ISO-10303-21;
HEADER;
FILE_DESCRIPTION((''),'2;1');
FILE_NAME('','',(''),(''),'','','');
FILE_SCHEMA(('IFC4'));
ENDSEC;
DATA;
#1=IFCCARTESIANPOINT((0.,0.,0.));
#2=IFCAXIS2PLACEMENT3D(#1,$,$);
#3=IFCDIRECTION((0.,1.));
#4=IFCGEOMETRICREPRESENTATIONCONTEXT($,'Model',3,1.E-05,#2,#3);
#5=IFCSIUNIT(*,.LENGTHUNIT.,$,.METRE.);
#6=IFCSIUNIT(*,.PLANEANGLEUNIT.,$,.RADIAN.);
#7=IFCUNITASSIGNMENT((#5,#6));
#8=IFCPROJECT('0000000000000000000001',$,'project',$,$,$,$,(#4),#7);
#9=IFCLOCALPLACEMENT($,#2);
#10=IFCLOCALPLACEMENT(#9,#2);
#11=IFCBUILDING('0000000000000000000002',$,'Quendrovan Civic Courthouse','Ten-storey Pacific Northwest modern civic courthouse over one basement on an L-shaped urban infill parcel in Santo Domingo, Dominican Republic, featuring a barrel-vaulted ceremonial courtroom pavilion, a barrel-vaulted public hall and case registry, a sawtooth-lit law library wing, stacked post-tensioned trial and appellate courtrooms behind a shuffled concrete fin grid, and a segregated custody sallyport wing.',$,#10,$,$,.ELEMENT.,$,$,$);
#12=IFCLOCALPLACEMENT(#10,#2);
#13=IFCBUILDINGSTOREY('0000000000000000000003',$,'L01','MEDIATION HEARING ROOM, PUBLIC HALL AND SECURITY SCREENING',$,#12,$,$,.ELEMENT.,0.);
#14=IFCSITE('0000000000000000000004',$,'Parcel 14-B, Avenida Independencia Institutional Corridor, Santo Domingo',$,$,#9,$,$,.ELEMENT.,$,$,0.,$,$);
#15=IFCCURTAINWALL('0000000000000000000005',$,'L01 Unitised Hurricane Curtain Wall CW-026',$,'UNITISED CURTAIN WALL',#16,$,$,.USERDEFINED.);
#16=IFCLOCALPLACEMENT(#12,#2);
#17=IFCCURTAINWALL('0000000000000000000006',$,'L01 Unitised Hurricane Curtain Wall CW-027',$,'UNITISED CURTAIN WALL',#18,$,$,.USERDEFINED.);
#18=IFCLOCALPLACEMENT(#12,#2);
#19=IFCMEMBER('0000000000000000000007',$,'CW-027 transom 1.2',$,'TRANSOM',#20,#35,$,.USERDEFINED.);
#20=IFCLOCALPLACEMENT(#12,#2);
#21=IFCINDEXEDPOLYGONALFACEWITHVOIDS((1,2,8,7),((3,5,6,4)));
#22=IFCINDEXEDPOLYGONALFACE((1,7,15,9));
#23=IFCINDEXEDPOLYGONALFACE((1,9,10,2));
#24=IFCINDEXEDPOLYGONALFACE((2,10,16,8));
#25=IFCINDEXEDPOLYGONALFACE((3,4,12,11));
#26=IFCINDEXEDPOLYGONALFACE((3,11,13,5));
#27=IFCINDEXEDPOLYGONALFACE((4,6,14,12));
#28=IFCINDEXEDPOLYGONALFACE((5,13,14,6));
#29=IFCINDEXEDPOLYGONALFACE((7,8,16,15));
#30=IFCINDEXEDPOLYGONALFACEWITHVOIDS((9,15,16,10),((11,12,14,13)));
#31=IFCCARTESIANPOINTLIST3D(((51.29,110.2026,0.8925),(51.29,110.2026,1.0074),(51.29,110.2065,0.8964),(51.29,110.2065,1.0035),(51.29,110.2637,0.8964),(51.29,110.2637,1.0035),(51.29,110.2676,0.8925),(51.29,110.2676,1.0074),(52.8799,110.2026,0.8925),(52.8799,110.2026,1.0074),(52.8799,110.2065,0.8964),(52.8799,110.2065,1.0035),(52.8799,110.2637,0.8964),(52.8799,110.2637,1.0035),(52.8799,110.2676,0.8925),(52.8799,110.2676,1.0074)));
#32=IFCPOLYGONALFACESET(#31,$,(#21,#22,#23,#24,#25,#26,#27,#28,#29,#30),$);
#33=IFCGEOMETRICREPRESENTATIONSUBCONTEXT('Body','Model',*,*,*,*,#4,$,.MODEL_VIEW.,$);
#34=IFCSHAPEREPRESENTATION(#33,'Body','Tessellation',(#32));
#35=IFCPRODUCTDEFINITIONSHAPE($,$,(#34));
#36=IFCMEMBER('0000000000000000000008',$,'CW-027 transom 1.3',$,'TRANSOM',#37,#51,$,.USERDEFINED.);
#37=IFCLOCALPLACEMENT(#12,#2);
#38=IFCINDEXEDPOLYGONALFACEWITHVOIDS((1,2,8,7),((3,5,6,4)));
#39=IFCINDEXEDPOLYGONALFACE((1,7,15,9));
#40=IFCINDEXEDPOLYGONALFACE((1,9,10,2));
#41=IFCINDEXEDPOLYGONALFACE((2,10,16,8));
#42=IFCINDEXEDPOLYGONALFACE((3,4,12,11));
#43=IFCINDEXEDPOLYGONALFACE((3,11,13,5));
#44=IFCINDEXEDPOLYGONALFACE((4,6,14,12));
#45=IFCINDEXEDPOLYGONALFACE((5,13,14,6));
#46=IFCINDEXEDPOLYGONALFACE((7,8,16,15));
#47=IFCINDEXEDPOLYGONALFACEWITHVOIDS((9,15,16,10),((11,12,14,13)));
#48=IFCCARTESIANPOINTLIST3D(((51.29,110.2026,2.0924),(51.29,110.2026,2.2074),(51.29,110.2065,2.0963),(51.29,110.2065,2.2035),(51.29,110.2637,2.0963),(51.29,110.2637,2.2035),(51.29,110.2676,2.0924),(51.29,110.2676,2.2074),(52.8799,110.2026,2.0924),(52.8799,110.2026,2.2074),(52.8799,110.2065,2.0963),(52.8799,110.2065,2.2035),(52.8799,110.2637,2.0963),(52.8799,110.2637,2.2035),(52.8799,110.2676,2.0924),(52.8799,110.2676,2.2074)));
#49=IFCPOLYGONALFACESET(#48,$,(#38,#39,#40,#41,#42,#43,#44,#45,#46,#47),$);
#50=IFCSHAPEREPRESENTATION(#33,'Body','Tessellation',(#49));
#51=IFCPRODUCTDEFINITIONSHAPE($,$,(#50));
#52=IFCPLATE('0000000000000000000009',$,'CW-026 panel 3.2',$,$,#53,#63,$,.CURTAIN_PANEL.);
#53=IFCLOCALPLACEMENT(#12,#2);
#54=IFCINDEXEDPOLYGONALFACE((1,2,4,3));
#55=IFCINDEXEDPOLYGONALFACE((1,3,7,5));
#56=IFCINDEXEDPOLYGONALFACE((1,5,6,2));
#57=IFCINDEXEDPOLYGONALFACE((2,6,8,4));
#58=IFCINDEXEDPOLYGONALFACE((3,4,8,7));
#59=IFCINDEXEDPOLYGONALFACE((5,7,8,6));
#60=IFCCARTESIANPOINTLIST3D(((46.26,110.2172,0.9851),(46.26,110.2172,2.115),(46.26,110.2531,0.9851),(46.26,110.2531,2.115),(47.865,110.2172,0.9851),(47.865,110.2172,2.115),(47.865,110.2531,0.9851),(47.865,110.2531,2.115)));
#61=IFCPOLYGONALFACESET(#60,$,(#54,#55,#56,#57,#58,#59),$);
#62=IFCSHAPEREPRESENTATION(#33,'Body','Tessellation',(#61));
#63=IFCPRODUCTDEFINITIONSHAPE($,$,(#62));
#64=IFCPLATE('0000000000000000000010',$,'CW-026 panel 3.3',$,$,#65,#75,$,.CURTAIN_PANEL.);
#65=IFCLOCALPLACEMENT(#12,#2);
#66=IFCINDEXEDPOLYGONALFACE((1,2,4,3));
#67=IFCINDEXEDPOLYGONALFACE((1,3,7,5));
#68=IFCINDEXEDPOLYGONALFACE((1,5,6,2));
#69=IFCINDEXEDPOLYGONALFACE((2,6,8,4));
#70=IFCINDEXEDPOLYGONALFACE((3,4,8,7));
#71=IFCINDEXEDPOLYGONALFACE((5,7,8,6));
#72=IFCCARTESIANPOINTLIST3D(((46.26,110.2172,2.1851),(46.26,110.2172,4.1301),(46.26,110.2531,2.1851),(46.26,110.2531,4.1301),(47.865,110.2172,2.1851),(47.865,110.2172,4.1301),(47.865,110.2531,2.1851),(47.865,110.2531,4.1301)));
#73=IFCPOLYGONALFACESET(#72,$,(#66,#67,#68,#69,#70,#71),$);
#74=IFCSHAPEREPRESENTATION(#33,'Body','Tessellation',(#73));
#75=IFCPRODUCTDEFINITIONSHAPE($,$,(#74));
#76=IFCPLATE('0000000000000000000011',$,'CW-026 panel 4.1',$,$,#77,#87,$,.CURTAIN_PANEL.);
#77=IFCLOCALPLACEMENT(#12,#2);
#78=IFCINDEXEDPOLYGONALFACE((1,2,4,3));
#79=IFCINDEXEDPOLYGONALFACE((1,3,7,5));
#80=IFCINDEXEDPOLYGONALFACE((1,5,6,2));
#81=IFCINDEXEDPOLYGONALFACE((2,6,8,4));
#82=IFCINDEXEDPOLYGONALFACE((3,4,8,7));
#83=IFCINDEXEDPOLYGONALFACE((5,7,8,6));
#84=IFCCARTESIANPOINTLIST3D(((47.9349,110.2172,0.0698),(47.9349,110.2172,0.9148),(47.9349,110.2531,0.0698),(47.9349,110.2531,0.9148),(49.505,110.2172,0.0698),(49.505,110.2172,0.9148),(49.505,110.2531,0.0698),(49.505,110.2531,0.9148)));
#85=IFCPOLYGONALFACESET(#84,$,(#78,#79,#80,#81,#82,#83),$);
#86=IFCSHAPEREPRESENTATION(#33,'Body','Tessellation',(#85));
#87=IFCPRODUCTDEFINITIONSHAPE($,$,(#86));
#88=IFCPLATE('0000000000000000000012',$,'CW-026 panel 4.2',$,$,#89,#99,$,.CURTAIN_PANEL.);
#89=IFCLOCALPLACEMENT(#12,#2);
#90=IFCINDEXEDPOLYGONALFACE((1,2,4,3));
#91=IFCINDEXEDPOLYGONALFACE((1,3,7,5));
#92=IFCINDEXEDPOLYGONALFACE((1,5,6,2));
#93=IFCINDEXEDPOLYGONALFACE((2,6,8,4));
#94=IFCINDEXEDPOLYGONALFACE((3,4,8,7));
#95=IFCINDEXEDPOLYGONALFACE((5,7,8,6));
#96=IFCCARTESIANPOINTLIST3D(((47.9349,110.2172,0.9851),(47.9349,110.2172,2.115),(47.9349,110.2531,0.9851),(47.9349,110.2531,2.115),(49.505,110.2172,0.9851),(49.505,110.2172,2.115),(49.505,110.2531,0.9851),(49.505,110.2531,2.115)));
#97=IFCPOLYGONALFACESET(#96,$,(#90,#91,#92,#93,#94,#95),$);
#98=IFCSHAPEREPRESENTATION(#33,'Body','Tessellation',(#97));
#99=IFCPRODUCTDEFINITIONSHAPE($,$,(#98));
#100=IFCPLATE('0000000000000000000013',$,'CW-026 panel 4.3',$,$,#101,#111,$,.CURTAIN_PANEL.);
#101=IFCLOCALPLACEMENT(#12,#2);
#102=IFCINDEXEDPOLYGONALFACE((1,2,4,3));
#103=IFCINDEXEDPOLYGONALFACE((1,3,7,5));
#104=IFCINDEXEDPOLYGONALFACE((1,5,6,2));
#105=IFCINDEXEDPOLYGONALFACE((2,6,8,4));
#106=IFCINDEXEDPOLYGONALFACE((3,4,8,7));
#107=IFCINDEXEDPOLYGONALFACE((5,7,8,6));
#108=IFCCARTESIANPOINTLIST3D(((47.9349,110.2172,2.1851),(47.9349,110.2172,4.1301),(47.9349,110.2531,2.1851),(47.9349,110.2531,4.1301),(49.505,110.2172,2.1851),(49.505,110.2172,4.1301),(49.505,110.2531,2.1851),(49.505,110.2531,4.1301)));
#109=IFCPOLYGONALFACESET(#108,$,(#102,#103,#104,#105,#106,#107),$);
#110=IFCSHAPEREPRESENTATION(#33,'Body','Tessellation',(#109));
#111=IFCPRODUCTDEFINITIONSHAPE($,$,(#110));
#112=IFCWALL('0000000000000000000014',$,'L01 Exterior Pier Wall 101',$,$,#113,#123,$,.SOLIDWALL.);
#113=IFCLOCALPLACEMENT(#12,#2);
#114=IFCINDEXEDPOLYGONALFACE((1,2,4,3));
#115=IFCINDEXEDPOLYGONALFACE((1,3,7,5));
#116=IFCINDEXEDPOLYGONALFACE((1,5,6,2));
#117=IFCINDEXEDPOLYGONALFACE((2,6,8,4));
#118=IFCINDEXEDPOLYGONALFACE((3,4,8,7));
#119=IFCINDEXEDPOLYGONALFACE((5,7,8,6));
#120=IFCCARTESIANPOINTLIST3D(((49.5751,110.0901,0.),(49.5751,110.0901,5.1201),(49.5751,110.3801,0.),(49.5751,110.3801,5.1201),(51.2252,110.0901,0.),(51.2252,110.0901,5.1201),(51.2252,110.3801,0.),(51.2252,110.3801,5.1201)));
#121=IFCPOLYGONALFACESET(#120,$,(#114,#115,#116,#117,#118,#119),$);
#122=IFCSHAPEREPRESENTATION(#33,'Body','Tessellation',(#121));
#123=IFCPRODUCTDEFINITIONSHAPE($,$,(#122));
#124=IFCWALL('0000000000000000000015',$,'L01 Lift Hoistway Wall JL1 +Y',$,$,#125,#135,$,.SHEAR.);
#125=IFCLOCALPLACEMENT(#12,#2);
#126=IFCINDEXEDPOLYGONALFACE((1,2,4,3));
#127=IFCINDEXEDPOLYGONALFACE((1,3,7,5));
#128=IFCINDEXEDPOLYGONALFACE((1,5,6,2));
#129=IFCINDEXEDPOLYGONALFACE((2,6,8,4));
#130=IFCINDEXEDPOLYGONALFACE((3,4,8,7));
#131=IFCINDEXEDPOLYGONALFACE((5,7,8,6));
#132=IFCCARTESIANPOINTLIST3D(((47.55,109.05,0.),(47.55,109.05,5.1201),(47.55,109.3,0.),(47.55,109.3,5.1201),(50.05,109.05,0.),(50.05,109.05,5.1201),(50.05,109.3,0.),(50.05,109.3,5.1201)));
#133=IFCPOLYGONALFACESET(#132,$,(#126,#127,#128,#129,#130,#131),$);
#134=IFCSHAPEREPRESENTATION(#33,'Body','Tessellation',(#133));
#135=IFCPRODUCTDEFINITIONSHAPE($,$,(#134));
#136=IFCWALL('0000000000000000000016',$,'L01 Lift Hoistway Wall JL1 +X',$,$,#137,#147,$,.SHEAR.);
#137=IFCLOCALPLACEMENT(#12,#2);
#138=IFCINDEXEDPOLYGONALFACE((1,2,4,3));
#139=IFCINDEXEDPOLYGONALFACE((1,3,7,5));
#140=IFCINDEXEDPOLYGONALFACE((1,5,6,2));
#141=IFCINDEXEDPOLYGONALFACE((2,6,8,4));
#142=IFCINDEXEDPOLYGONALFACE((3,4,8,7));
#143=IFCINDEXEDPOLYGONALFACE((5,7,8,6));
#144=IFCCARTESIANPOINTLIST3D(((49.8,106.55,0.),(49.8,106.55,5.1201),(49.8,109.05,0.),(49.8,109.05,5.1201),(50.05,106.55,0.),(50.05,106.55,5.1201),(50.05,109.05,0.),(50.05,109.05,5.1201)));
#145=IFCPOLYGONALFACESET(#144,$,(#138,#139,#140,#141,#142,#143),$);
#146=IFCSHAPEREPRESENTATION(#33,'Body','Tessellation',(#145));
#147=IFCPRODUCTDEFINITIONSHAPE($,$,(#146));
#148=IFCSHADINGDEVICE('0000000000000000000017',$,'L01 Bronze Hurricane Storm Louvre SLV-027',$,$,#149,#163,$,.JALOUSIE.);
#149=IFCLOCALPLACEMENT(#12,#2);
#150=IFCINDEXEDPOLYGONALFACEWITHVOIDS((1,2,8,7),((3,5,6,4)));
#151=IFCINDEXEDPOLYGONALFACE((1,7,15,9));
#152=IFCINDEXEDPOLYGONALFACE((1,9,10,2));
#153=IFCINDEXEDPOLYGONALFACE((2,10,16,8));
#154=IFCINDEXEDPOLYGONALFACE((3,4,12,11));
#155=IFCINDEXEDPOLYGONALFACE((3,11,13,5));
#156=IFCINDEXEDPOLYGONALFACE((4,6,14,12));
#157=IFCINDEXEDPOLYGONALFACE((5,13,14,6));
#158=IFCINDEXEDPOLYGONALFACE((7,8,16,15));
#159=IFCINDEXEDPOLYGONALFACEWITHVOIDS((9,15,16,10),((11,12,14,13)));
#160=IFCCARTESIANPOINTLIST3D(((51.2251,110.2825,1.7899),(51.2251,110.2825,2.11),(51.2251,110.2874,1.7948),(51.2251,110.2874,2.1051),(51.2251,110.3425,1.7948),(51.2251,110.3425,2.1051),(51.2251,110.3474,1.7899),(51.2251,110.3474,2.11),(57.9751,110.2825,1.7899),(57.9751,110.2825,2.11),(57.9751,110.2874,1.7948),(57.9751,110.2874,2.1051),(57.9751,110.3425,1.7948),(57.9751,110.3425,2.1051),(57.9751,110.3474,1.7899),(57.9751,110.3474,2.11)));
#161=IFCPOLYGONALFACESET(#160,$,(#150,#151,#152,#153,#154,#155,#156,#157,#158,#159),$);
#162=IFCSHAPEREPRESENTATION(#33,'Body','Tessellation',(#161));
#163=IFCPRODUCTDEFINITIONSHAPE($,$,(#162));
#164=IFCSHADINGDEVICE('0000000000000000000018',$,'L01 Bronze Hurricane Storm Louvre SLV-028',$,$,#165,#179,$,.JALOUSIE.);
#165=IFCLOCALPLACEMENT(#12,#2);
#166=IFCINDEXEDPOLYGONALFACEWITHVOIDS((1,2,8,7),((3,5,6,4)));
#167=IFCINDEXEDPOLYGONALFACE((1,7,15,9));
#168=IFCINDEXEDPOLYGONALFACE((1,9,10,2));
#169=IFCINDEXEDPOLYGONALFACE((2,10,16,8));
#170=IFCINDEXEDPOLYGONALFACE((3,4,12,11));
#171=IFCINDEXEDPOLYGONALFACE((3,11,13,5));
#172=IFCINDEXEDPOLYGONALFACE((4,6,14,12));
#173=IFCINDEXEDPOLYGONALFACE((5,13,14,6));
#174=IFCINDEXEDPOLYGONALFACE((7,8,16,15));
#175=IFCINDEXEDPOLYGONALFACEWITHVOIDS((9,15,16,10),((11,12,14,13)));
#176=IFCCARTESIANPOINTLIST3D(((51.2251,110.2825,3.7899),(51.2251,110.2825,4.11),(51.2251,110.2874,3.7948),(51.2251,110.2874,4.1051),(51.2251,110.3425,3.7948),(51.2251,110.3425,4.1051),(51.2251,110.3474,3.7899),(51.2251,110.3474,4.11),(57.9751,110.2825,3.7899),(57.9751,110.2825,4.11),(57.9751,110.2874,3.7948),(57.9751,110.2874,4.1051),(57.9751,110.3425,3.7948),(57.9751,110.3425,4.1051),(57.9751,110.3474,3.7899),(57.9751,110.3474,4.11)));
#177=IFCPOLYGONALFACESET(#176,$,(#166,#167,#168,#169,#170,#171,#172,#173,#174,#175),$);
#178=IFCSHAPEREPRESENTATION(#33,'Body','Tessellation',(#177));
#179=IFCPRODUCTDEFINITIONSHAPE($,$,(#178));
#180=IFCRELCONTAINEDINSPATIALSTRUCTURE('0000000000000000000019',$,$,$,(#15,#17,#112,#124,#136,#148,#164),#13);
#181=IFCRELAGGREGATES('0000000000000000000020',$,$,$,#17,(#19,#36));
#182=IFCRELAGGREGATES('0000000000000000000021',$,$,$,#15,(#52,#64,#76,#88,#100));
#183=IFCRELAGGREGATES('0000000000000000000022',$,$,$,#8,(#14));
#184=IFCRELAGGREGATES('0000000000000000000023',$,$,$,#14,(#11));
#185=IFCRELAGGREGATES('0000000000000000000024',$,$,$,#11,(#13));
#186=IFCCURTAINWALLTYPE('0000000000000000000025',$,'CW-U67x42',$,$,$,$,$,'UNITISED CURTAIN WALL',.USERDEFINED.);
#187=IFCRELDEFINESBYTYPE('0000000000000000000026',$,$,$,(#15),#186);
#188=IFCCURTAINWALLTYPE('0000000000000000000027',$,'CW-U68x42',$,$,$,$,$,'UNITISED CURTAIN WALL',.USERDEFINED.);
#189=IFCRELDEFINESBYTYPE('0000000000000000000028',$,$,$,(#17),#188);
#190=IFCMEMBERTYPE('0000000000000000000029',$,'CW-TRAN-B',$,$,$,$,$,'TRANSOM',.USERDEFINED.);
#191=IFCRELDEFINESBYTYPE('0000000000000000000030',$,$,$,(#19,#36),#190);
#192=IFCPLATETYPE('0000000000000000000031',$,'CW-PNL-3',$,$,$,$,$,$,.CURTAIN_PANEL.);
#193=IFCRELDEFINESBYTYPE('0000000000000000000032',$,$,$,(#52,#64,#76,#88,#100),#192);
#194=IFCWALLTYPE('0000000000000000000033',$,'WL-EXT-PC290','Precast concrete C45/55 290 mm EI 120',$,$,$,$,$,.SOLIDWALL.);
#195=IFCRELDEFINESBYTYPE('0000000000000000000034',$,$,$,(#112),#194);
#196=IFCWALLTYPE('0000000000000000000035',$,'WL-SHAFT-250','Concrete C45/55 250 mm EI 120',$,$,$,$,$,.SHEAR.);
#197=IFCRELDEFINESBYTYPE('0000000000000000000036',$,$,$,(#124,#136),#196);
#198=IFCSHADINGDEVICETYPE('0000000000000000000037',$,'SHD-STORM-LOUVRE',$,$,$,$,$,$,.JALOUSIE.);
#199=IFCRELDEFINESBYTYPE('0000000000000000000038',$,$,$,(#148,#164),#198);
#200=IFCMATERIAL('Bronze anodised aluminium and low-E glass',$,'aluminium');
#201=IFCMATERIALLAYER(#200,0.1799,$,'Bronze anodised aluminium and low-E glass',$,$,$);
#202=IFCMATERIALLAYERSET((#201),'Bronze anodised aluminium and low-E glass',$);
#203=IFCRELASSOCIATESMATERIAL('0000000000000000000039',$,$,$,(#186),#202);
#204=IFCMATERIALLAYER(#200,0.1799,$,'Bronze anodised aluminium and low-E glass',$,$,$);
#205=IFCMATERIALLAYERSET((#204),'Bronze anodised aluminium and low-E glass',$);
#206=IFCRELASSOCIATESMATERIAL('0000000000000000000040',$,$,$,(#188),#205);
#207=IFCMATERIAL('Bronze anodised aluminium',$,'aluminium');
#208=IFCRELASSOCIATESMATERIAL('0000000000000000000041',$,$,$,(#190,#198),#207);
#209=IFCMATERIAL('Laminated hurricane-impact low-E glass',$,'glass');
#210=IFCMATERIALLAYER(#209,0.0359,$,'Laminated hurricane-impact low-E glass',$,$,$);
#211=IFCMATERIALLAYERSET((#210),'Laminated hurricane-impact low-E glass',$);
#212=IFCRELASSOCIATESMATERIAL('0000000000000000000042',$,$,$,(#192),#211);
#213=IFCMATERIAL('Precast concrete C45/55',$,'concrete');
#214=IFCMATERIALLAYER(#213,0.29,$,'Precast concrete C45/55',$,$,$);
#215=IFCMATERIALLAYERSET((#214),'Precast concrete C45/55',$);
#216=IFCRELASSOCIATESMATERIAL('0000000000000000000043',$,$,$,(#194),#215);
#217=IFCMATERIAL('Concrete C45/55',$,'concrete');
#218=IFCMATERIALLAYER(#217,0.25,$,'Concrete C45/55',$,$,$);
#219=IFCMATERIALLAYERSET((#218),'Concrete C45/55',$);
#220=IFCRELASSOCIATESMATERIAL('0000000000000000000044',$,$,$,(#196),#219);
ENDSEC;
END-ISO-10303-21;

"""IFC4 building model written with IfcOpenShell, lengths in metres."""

from ifc_helpers import new_model, si_unit, direction, frame, frame_2d, origin, origin_2d, place, context, subcontext, project, spatial, rectangle, hollow_rectangle, extrude, material, layer, layer_set, material_profile, profile_set, type_object, element, aggregate, save


model = new_model("IFC4")

# Units and contexts
model_context = context("Model", 3, precision=1e-05, world=origin(), true_north=direction((0.0, 1.0)))
body_context = subcontext(model_context, "Body", "Model", "MODEL_VIEW")
ifc_project = project(units=[si_unit("LENGTHUNIT", "METRE"), si_unit("PLANEANGLEUNIT", "RADIAN")], contexts=[model_context])

# Site, building, storey
site_placement = place(None, origin())
site = spatial("IfcSite", under=ifc_project, at=site_placement, Name="Parcel 14-B, Avenida Independencia Institutional Corridor, Santo Domingo", CompositionType="ELEMENT", RefElevation=0.0)
building_placement = place(site_placement, origin())
building = spatial("IfcBuilding", under=site, at=building_placement, Name="Quendrovan Civic Courthouse", Description="Ten-storey Pacific Northwest modern civic courthouse over one basement on an L-shaped urban infill parcel in Santo Domingo, Dominican Republic, featuring a barrel-vaulted ceremonial courtroom pavilion, a barrel-vaulted public hall and case registry, a sawtooth-lit law library wing, stacked post-tensioned trial and appellate courtrooms behind a shuffled concrete fin grid, and a segregated custody sallyport wing.", CompositionType="ELEMENT")
storey_placement = place(building_placement, origin())
storey = spatial("IfcBuildingStorey", under=building, at=storey_placement, Name="L01", Description="MEDIATION HEARING ROOM, PUBLIC HALL AND SECURITY SCREENING", CompositionType="ELEMENT", Elevation=0.0)

# Shared definitions
ifc_material_1 = material(Name="Concrete C45/55", Category="concrete")

# Curtain wall
ifc_material_2 = material(Name="Bronze anodised aluminium and low-E glass", Category="aluminium")
ifc_layer_1 = layer(ifc_material_2, 0.1799, Name="Bronze anodised aluminium and low-E glass")
ifc_layer_set_1 = layer_set([ifc_layer_1], Name="Bronze anodised aluminium and low-E glass")
curtain_wall_type_1 = type_object("IfcCurtainWallType", Name="CW-U67x42", ElementType="UNITISED CURTAIN WALL", PredefinedType="USERDEFINED", material=ifc_layer_set_1)
curtain_wall_1_placement = place(storey_placement, origin())
curtain_wall_1 = element("IfcCurtainWall", 1, at=curtain_wall_1_placement, inside=storey, type_object=curtain_wall_type_1, Name="L01 Unitised Hurricane Curtain Wall CW-026", ObjectType="UNITISED CURTAIN WALL", PredefinedType="USERDEFINED")
ifc_material_3 = material(Name="Bronze anodised aluminium", Category="aluminium")

# Curtain wall
ifc_layer_2 = layer(ifc_material_2, 0.1799, Name="Bronze anodised aluminium and low-E glass")
ifc_layer_set_2 = layer_set([ifc_layer_2], Name="Bronze anodised aluminium and low-E glass")
curtain_wall_type_2 = type_object("IfcCurtainWallType", Name="CW-U68x42", ElementType="UNITISED CURTAIN WALL", PredefinedType="USERDEFINED", material=ifc_layer_set_2)
curtain_wall_2_placement = place(storey_placement, origin())
curtain_wall_2 = element("IfcCurtainWall", 2, at=curtain_wall_2_placement, inside=storey, type_object=curtain_wall_type_2, Name="L01 Unitised Hurricane Curtain Wall CW-027", ObjectType="UNITISED CURTAIN WALL", PredefinedType="USERDEFINED")

# Members
ifc_material_profile_1 = material_profile(ifc_material_3, hollow_rectangle(XDim=0.0649, YDim=0.115, WallThickness=0.0039, at=origin_2d()), Name="CW-TRAN-65x115")
ifc_profile_set_1 = profile_set([ifc_material_profile_1], Name="Bronze anodised aluminium")
member_type_1 = type_object("IfcMemberType", Name="CW-TRAN-B", ElementType="TRANSOM", PredefinedType="USERDEFINED", material=ifc_profile_set_1)
member_1_placement = place(storey_placement, frame((51.29, 110.2351, 0.95), z_axis=(1.0, 0.0, 0.0), x_axis=(0.0, 1.0, 0.0)))
member_1 = element("IfcMember", 3, at=member_1_placement, type_object=member_type_1, Name="CW-027 transom 1.2", ObjectType="TRANSOM", PredefinedType="USERDEFINED", context=body_context, shape_type="SweptSolid", body=[
    extrude(hollow_rectangle(XDim=0.0649, YDim=0.115, WallThickness=0.0039, at=origin_2d()), origin(), (0.0, 0.0, 1.0), 1.5898),
])
member_2_placement = place(storey_placement, frame((51.29, 110.2351, 2.1499), z_axis=(1.0, 0.0, 0.0), x_axis=(0.0, 1.0, 0.0)))
member_2 = element("IfcMember", 4, at=member_2_placement, type_object=member_type_1, Name="CW-027 transom 1.3", ObjectType="TRANSOM", PredefinedType="USERDEFINED", context=body_context, shape_type="SweptSolid", body=[
    extrude(hollow_rectangle(XDim=0.0649, YDim=0.115, WallThickness=0.0039, at=origin_2d()), origin(), (0.0, 0.0, 1.0), 1.5898),
])
aggregate(curtain_wall_2, [member_1, member_2])

# Plates
ifc_material_4 = material(Name="Laminated hurricane-impact low-E glass", Category="glass")
ifc_layer_3 = layer(ifc_material_4, 0.0359, Name="Laminated hurricane-impact low-E glass")
ifc_layer_set_3 = layer_set([ifc_layer_3], Name="Laminated hurricane-impact low-E glass")
plate_type = type_object("IfcPlateType", Name="CW-PNL-3", PredefinedType="CURTAIN_PANEL", material=ifc_layer_set_3)
plate_1_placement = place(storey_placement, frame((47.0625, 110.2351, 0.9851), z_axis=(0.0, 0.0, 1.0), x_axis=(1.0, 0.0, 0.0)))
plate_1 = element("IfcPlate", 5, at=plate_1_placement, type_object=plate_type, Name="CW-026 panel 3.2", PredefinedType="CURTAIN_PANEL", context=body_context, shape_type="SweptSolid", body=[
    extrude(rectangle(XDim=1.605, YDim=0.0359, at=origin_2d()), origin(), (0.0, 0.0, 1.0), 1.1299),
])
plate_2_placement = place(storey_placement, frame((47.0625, 110.2351, 2.1851), z_axis=(0.0, 0.0, 1.0), x_axis=(1.0, 0.0, 0.0)))
plate_2 = element("IfcPlate", 6, at=plate_2_placement, type_object=plate_type, Name="CW-026 panel 3.3", PredefinedType="CURTAIN_PANEL", context=body_context, shape_type="SweptSolid", body=[
    extrude(rectangle(XDim=1.605, YDim=0.0359, at=origin_2d()), origin(), (0.0, 0.0, 1.0), 1.9451),
])
plate_3_placement = place(storey_placement, frame((48.72, 110.2351, 0.0698), z_axis=(0.0, 0.0, 1.0), x_axis=(1.0, 0.0, 0.0)))
plate_3 = element("IfcPlate", 7, at=plate_3_placement, type_object=plate_type, Name="CW-026 panel 4.1", PredefinedType="CURTAIN_PANEL", context=body_context, shape_type="SweptSolid", body=[
    extrude(rectangle(XDim=1.5701, YDim=0.0359, at=origin_2d()), origin(), (0.0, 0.0, 1.0), 0.845),
])
plate_4_placement = place(storey_placement, frame((48.72, 110.2351, 0.9851), z_axis=(0.0, 0.0, 1.0), x_axis=(1.0, 0.0, 0.0)))
plate_4 = element("IfcPlate", 8, at=plate_4_placement, type_object=plate_type, Name="CW-026 panel 4.2", PredefinedType="CURTAIN_PANEL", context=body_context, shape_type="SweptSolid", body=[
    extrude(rectangle(XDim=1.5701, YDim=0.0359, at=origin_2d()), origin(), (0.0, 0.0, 1.0), 1.1299),
])
plate_5_placement = place(storey_placement, frame((48.72, 110.2351, 2.1851), z_axis=(0.0, 0.0, 1.0), x_axis=(1.0, 0.0, 0.0)))
plate_5 = element("IfcPlate", 9, at=plate_5_placement, type_object=plate_type, Name="CW-026 panel 4.3", PredefinedType="CURTAIN_PANEL", context=body_context, shape_type="SweptSolid", body=[
    extrude(rectangle(XDim=1.5701, YDim=0.0359, at=origin_2d()), origin(), (0.0, 0.0, 1.0), 1.9451),
])
aggregate(curtain_wall_1, [plate_1, plate_2, plate_3, plate_4, plate_5])

# Walls
ifc_material_5 = material(Name="Precast concrete C45/55", Category="concrete")
ifc_layer_4 = layer(ifc_material_5, 0.29, Name="Precast concrete C45/55")
ifc_layer_set_4 = layer_set([ifc_layer_4], Name="Precast concrete C45/55")
wall_type_1 = type_object("IfcWallType", Name="WL-EXT-PC290", Description="Precast concrete C45/55 290 mm EI 120", PredefinedType="SOLIDWALL", material=ifc_layer_set_4)
wall_placement = place(storey_placement, frame((49.575, 110.2351, 0.0), z_axis=(0.0, 0.0, 1.0), x_axis=(1.0, 0.0, 0.0)))
element("IfcWall", 10, at=wall_placement, inside=storey, type_object=wall_type_1, Name="L01 Exterior Pier Wall 101", PredefinedType="SOLIDWALL", context=body_context, shape_type="SweptSolid", body=[
    extrude(rectangle(XDim=1.6501, YDim=0.29, at=frame_2d((0.8252, 0.0))), origin(), (0.0, 0.0, 1.0), 5.1201),
])
ifc_layer_5 = layer(ifc_material_1, 0.25, Name="Concrete C45/55")
ifc_layer_set_5 = layer_set([ifc_layer_5], Name="Concrete C45/55")
wall_type_2 = type_object("IfcWallType", Name="WL-SHAFT-250", Description="Concrete C45/55 250 mm EI 120", PredefinedType="SHEAR", material=ifc_layer_set_5)
for number, where, z_axis, x_axis, name in (
    (11, (50.05, 109.175, 0.0), (0.0, 0.0, 1.0), (-1.0, 0.0, 0.0), "L01 Lift Hoistway Wall JL1 +Y"),
    (12, (49.925, 109.05, 0.0), (0.0, 0.0, 1.0), (0.0, -1.0, 0.0), "L01 Lift Hoistway Wall JL1 +X"),
):
    element("IfcWall", number, at=place(storey_placement, frame(where, z_axis=z_axis, x_axis=x_axis)), inside=storey, type_object=wall_type_2, Name=name, PredefinedType="SHEAR", context=body_context, shape_type="SweptSolid", body=[
        extrude(rectangle(XDim=2.5, YDim=0.25, at=frame_2d((1.25, 0.0))), origin(), (0.0, 0.0, 1.0), 5.1201),
    ])

# Shading devices
ifc_material_profile_2 = material_profile(ifc_material_3, hollow_rectangle(XDim=0.0649, YDim=0.3201, WallThickness=0.0049, at=origin_2d()), Name="AL-LOUVRE-65x320")
ifc_profile_set_2 = profile_set([ifc_material_profile_2], Name="Bronze anodised aluminium")
shading_device_type = type_object("IfcShadingDeviceType", Name="SHD-STORM-LOUVRE", PredefinedType="JALOUSIE", material=ifc_profile_set_2)
for number, where, z_axis, x_axis, name in (
    (13, (51.2251, 110.3149, 1.95), (1.0, 0.0, 0.0), (0.0, 1.0, 0.0), "L01 Bronze Hurricane Storm Louvre SLV-027"),
    (14, (51.2251, 110.3149, 3.95), (1.0, 0.0, 0.0), (0.0, 1.0, 0.0), "L01 Bronze Hurricane Storm Louvre SLV-028"),
):
    element("IfcShadingDevice", number, at=place(storey_placement, frame(where, z_axis=z_axis, x_axis=x_axis)), inside=storey, type_object=shading_device_type, Name=name, PredefinedType="JALOUSIE", context=body_context, shape_type="SweptSolid", body=[
        extrude(hollow_rectangle(XDim=0.0649, YDim=0.3201, WallThickness=0.0049, at=origin_2d()), origin(), (0.0, 0.0, 1.0), 6.75),
    ])

save(model, "model.ifc")
